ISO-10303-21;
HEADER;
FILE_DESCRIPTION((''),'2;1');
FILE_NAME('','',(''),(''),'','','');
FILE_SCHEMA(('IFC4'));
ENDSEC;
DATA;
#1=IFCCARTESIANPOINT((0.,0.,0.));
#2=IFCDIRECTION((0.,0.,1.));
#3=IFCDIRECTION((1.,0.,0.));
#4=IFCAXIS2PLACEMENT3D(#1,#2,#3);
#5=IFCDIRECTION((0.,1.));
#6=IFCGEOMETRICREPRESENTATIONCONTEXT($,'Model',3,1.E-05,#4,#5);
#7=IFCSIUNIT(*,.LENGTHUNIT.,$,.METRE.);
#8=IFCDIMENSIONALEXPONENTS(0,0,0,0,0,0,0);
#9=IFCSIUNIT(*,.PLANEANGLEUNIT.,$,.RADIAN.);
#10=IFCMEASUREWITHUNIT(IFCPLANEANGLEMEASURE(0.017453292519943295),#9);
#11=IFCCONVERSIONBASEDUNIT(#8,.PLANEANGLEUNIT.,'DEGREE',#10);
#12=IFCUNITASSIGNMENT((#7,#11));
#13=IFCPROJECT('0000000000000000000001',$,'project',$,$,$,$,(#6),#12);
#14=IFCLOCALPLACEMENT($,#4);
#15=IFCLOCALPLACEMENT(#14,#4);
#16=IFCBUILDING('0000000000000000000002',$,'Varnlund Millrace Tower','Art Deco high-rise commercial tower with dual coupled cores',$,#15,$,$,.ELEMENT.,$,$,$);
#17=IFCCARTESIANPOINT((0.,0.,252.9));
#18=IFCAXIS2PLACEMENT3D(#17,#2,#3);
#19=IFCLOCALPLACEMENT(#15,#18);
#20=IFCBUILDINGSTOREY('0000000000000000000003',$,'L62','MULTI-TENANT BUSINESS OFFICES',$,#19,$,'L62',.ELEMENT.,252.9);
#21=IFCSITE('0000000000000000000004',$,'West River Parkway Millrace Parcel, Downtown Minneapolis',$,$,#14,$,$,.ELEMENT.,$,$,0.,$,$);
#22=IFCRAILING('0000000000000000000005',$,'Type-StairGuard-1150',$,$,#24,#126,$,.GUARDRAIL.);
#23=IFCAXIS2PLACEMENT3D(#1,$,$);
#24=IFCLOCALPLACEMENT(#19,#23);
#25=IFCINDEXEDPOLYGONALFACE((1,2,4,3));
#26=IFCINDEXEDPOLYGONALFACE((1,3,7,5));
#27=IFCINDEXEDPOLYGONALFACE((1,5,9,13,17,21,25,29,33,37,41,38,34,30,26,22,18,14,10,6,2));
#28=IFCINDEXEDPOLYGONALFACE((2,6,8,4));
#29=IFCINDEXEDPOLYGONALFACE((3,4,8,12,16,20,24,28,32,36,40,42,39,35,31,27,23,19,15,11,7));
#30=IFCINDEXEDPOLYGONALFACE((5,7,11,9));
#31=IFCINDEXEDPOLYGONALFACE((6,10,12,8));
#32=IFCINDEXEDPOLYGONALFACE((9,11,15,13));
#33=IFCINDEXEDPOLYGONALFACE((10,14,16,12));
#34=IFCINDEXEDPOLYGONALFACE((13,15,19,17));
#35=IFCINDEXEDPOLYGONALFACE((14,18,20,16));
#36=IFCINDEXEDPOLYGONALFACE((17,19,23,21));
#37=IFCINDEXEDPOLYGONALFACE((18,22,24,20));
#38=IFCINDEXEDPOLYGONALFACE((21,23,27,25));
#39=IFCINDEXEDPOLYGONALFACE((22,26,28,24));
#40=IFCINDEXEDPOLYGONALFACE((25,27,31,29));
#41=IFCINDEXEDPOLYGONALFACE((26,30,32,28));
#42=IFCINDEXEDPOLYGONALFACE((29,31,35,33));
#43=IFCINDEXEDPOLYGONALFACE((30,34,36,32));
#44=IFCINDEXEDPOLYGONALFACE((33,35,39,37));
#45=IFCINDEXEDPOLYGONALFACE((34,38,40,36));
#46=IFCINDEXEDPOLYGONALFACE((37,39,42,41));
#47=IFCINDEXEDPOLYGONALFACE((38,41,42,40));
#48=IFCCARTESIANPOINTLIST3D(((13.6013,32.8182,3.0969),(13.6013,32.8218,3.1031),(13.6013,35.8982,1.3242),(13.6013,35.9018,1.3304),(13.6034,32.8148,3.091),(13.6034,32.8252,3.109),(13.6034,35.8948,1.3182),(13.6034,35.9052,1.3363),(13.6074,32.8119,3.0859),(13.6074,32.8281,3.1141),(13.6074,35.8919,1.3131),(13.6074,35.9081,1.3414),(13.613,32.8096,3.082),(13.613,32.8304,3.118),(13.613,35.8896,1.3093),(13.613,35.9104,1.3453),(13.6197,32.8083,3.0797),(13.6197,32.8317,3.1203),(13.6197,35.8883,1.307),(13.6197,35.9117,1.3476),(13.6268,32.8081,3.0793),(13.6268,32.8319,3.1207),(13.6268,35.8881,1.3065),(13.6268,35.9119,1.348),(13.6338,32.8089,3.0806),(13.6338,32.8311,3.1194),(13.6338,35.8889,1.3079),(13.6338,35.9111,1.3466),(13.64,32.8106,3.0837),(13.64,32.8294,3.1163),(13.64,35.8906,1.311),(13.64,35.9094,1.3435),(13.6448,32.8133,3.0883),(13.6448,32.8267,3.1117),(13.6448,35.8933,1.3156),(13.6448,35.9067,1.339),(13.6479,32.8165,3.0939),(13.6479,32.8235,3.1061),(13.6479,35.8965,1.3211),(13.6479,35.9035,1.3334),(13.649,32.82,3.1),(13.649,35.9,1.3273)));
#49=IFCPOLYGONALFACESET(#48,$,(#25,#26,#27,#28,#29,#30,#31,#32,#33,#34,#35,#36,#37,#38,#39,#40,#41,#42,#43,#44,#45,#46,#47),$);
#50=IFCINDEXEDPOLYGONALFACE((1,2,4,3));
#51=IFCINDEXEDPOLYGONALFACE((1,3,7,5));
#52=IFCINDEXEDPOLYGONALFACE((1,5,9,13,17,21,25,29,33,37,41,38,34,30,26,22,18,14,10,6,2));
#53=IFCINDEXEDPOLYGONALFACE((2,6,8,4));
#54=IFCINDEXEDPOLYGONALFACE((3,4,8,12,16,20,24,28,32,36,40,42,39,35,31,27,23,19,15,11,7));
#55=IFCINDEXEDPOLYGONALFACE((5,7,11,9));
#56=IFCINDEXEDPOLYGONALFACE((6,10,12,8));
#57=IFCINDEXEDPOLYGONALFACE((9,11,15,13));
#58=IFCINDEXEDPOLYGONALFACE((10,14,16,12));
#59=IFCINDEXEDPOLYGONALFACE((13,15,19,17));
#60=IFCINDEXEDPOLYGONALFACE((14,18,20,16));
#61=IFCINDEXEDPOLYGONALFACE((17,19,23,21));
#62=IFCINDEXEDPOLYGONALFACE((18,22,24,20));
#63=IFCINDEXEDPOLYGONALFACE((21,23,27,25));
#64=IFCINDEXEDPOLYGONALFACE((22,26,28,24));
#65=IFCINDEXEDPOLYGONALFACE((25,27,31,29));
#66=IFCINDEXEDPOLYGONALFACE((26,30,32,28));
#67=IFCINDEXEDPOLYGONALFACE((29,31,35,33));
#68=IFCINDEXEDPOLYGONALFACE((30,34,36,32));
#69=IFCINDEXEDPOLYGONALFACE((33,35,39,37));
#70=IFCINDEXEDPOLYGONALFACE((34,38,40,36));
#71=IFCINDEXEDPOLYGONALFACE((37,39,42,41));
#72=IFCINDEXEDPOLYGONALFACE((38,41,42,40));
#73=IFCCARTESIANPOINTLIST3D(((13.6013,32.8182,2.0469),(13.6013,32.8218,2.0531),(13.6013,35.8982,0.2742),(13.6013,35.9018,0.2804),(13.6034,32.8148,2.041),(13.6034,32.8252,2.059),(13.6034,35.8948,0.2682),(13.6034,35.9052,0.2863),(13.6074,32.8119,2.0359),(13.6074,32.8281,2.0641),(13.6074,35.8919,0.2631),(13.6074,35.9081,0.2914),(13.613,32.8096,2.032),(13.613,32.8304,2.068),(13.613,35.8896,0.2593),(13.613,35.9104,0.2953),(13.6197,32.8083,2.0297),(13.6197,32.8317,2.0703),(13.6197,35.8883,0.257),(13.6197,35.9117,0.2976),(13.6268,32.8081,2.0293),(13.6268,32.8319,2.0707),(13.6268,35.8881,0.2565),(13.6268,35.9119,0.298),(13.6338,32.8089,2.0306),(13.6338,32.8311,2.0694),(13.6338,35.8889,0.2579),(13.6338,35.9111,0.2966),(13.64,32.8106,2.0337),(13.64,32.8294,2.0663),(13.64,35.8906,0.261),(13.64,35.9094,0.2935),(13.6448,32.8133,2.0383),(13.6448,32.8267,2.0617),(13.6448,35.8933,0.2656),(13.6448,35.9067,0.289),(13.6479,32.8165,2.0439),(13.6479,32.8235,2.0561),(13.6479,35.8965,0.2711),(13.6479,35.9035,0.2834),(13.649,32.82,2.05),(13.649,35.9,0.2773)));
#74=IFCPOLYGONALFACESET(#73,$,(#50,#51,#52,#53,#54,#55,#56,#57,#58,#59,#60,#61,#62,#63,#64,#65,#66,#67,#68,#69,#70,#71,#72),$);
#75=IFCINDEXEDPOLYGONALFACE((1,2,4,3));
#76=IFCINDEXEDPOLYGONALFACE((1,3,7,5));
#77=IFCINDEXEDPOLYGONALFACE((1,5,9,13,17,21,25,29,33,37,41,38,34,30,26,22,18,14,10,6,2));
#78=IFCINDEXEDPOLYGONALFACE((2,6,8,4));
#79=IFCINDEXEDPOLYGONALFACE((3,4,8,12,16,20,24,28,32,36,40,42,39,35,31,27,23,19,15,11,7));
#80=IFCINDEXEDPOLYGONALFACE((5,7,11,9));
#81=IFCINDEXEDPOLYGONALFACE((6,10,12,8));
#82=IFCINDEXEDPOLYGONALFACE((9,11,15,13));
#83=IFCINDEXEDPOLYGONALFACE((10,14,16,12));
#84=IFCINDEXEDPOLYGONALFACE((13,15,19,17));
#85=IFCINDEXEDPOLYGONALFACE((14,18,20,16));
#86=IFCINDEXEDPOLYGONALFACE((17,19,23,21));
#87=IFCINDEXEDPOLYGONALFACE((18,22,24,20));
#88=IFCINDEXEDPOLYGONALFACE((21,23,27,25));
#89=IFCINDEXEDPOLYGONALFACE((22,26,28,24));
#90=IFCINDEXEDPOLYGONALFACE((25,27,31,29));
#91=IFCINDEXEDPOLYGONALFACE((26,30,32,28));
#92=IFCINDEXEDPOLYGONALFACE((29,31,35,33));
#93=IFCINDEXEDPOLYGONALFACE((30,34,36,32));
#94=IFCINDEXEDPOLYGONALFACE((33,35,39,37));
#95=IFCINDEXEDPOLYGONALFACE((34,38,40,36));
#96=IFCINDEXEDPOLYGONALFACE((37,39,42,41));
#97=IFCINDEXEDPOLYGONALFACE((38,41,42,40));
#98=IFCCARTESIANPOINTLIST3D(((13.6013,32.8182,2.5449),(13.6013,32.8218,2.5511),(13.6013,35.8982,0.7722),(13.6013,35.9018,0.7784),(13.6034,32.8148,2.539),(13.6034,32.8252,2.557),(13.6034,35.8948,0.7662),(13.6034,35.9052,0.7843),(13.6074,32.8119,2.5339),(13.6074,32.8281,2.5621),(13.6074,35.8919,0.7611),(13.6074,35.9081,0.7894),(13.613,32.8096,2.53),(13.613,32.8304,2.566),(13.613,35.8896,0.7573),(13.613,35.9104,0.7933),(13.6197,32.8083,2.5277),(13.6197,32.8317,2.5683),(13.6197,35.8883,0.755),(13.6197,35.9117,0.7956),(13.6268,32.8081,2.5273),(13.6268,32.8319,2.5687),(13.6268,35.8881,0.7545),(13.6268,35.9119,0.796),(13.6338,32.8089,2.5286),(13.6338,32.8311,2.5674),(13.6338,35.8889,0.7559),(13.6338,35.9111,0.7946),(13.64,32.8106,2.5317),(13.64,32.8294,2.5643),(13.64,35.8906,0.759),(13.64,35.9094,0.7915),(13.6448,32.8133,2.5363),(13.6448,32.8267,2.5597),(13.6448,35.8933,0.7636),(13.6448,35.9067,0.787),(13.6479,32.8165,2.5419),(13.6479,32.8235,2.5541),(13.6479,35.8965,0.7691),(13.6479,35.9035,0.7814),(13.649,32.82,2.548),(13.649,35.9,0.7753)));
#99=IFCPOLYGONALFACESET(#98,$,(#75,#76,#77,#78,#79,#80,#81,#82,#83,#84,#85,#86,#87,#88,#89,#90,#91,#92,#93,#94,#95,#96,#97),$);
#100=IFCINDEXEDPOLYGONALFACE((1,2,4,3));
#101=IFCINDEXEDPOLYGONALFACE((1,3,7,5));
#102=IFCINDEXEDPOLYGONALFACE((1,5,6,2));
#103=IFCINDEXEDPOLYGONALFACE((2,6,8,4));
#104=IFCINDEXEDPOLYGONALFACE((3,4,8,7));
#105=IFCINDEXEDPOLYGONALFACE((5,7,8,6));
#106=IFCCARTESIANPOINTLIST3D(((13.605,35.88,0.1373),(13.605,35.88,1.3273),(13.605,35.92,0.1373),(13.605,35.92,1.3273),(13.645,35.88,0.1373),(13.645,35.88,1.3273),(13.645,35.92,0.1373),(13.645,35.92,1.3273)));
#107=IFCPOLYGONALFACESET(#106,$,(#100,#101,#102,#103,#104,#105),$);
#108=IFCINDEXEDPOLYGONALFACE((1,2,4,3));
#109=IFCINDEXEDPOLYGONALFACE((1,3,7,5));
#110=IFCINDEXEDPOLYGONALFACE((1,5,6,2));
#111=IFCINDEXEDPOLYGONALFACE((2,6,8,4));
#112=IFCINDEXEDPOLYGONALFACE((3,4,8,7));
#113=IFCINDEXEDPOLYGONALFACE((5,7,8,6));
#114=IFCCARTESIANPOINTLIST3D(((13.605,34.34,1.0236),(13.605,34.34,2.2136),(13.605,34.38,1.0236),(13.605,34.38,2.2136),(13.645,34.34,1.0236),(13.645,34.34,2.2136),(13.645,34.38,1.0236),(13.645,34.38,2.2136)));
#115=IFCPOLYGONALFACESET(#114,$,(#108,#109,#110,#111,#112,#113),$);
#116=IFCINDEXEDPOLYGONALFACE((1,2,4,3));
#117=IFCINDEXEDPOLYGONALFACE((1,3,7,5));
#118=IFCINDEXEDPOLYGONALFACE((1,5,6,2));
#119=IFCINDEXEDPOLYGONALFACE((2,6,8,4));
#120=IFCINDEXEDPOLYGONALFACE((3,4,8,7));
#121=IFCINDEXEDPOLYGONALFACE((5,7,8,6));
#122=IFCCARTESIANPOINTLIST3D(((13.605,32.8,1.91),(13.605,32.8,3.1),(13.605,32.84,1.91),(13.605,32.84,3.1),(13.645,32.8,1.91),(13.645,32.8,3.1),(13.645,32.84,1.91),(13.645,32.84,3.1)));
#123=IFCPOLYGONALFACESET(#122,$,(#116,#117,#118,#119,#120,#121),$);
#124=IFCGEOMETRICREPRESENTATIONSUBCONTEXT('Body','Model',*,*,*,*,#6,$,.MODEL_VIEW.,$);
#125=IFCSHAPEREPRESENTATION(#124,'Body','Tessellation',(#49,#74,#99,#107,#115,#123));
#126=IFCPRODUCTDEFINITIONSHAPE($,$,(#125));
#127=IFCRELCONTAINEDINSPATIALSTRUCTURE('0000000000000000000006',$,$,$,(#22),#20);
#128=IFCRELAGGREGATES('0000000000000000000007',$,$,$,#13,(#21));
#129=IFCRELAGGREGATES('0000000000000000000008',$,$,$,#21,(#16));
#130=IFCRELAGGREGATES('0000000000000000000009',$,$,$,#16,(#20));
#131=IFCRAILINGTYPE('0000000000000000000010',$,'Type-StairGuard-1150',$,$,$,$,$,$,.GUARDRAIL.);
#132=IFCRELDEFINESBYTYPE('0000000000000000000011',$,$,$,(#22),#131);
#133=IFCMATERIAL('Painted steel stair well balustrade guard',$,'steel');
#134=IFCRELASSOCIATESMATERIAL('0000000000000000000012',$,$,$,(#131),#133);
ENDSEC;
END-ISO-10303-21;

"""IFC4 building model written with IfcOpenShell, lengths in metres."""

from ifc_helpers import new_model, entity, si_unit, converted_unit, direction, frame, origin_with_axes, origin_2d_with_axis, place, context, subcontext, project, spatial, rectangle, circle, extrude, material, type_object, element, save


model = new_model("IFC4")

# Units and contexts
model_context = context("Model", 3, precision=1e-05, world=origin_with_axes(), true_north=direction((0.0, 1.0)))
body_context = subcontext(model_context, "Body", "Model", "MODEL_VIEW")
ifc_project = project(units=[si_unit("LENGTHUNIT", "METRE"), converted_unit("PLANEANGLEUNIT", "DEGREE", entity("IfcPlaneAngleMeasure", 0.017453292519943295), si_unit("PLANEANGLEUNIT", "RADIAN"), dimensions=[0, 0, 0, 0, 0, 0, 0])], contexts=[model_context])

# Site, building, storey
site_placement = place(None, origin_with_axes())
site = spatial("IfcSite", under=ifc_project, at=site_placement, Name="West River Parkway Millrace Parcel, Downtown Minneapolis", CompositionType="ELEMENT", RefElevation=0.0)
building_placement = place(site_placement, origin_with_axes())
building = spatial("IfcBuilding", under=site, at=building_placement, Name="Varnlund Millrace Tower", Description="Art Deco high-rise commercial tower with dual coupled cores", CompositionType="ELEMENT")
storey_placement = place(building_placement, frame((0.0, 0.0, 252.9), z_axis=(0.0, 0.0, 1.0), x_axis=(1.0, 0.0, 0.0)))
storey = spatial("IfcBuildingStorey", under=building, at=storey_placement, Name="L62", Description="MULTI-TENANT BUSINESS OFFICES", LongName="L62", CompositionType="ELEMENT", Elevation=252.9)

# Railing
ifc_material_1 = material(Name="Painted steel stair well balustrade guard", Category="steel")
railing_type_1 = type_object("IfcRailingType", Name="Type-StairGuard-1150", PredefinedType="GUARDRAIL", material=ifc_material_1)
railing_1_placement = place(storey_placement, frame((0.0, 0.0, -252.9), z_axis=(0.0, 0.0, 1.0), x_axis=(1.0, 0.0, 0.0)))
element("IfcRailing", 1, at=railing_1_placement, inside=storey, type_object=railing_type_1, Name="Type-StairGuard-1150", PredefinedType="GUARDRAIL", context=body_context, shape_type="SweptSolid", body=[
    extrude(circle(Radius=0.024, at=origin_2d_with_axis()), frame((13.625, 35.9, 254.2273), z_axis=(0.0, -0.866696, 0.498836), x_axis=(1.0, 0.0, 0.0)), (0.0, 0.0, 1.0), 3.5537),
    extrude(circle(Radius=0.024, at=origin_2d_with_axis()), frame((13.625, 35.9, 253.1773), z_axis=(0.0, -0.866696, 0.498836), x_axis=(1.0, 0.0, 0.0)), (0.0, 0.0, 1.0), 3.5537),
    extrude(circle(Radius=0.024, at=origin_2d_with_axis()), frame((13.625, 35.9, 253.6753), z_axis=(0.0, -0.866696, 0.498836), x_axis=(1.0, 0.0, 0.0)), (0.0, 0.0, 1.0), 3.5537),
    extrude(rectangle(XDim=0.04, YDim=0.04, at=origin_2d_with_axis()), frame((13.625, 35.9, 253.0373), z_axis=(0.0, 0.0, 1.0), x_axis=(1.0, 0.0, 0.0)), (0.0, 0.0, 1.0), 1.19),
    extrude(rectangle(XDim=0.04, YDim=0.04, at=origin_2d_with_axis()), frame((13.625, 34.36, 253.9236), z_axis=(0.0, 0.0, 1.0), x_axis=(1.0, 0.0, 0.0)), (0.0, 0.0, 1.0), 1.19),
    extrude(rectangle(XDim=0.04, YDim=0.04, at=origin_2d_with_axis()), frame((13.625, 32.82, 254.81), z_axis=(0.0, 0.0, 1.0), x_axis=(1.0, 0.0, 0.0)), (0.0, 0.0, 1.0), 1.19),
])

save(model, "model.ifc")
